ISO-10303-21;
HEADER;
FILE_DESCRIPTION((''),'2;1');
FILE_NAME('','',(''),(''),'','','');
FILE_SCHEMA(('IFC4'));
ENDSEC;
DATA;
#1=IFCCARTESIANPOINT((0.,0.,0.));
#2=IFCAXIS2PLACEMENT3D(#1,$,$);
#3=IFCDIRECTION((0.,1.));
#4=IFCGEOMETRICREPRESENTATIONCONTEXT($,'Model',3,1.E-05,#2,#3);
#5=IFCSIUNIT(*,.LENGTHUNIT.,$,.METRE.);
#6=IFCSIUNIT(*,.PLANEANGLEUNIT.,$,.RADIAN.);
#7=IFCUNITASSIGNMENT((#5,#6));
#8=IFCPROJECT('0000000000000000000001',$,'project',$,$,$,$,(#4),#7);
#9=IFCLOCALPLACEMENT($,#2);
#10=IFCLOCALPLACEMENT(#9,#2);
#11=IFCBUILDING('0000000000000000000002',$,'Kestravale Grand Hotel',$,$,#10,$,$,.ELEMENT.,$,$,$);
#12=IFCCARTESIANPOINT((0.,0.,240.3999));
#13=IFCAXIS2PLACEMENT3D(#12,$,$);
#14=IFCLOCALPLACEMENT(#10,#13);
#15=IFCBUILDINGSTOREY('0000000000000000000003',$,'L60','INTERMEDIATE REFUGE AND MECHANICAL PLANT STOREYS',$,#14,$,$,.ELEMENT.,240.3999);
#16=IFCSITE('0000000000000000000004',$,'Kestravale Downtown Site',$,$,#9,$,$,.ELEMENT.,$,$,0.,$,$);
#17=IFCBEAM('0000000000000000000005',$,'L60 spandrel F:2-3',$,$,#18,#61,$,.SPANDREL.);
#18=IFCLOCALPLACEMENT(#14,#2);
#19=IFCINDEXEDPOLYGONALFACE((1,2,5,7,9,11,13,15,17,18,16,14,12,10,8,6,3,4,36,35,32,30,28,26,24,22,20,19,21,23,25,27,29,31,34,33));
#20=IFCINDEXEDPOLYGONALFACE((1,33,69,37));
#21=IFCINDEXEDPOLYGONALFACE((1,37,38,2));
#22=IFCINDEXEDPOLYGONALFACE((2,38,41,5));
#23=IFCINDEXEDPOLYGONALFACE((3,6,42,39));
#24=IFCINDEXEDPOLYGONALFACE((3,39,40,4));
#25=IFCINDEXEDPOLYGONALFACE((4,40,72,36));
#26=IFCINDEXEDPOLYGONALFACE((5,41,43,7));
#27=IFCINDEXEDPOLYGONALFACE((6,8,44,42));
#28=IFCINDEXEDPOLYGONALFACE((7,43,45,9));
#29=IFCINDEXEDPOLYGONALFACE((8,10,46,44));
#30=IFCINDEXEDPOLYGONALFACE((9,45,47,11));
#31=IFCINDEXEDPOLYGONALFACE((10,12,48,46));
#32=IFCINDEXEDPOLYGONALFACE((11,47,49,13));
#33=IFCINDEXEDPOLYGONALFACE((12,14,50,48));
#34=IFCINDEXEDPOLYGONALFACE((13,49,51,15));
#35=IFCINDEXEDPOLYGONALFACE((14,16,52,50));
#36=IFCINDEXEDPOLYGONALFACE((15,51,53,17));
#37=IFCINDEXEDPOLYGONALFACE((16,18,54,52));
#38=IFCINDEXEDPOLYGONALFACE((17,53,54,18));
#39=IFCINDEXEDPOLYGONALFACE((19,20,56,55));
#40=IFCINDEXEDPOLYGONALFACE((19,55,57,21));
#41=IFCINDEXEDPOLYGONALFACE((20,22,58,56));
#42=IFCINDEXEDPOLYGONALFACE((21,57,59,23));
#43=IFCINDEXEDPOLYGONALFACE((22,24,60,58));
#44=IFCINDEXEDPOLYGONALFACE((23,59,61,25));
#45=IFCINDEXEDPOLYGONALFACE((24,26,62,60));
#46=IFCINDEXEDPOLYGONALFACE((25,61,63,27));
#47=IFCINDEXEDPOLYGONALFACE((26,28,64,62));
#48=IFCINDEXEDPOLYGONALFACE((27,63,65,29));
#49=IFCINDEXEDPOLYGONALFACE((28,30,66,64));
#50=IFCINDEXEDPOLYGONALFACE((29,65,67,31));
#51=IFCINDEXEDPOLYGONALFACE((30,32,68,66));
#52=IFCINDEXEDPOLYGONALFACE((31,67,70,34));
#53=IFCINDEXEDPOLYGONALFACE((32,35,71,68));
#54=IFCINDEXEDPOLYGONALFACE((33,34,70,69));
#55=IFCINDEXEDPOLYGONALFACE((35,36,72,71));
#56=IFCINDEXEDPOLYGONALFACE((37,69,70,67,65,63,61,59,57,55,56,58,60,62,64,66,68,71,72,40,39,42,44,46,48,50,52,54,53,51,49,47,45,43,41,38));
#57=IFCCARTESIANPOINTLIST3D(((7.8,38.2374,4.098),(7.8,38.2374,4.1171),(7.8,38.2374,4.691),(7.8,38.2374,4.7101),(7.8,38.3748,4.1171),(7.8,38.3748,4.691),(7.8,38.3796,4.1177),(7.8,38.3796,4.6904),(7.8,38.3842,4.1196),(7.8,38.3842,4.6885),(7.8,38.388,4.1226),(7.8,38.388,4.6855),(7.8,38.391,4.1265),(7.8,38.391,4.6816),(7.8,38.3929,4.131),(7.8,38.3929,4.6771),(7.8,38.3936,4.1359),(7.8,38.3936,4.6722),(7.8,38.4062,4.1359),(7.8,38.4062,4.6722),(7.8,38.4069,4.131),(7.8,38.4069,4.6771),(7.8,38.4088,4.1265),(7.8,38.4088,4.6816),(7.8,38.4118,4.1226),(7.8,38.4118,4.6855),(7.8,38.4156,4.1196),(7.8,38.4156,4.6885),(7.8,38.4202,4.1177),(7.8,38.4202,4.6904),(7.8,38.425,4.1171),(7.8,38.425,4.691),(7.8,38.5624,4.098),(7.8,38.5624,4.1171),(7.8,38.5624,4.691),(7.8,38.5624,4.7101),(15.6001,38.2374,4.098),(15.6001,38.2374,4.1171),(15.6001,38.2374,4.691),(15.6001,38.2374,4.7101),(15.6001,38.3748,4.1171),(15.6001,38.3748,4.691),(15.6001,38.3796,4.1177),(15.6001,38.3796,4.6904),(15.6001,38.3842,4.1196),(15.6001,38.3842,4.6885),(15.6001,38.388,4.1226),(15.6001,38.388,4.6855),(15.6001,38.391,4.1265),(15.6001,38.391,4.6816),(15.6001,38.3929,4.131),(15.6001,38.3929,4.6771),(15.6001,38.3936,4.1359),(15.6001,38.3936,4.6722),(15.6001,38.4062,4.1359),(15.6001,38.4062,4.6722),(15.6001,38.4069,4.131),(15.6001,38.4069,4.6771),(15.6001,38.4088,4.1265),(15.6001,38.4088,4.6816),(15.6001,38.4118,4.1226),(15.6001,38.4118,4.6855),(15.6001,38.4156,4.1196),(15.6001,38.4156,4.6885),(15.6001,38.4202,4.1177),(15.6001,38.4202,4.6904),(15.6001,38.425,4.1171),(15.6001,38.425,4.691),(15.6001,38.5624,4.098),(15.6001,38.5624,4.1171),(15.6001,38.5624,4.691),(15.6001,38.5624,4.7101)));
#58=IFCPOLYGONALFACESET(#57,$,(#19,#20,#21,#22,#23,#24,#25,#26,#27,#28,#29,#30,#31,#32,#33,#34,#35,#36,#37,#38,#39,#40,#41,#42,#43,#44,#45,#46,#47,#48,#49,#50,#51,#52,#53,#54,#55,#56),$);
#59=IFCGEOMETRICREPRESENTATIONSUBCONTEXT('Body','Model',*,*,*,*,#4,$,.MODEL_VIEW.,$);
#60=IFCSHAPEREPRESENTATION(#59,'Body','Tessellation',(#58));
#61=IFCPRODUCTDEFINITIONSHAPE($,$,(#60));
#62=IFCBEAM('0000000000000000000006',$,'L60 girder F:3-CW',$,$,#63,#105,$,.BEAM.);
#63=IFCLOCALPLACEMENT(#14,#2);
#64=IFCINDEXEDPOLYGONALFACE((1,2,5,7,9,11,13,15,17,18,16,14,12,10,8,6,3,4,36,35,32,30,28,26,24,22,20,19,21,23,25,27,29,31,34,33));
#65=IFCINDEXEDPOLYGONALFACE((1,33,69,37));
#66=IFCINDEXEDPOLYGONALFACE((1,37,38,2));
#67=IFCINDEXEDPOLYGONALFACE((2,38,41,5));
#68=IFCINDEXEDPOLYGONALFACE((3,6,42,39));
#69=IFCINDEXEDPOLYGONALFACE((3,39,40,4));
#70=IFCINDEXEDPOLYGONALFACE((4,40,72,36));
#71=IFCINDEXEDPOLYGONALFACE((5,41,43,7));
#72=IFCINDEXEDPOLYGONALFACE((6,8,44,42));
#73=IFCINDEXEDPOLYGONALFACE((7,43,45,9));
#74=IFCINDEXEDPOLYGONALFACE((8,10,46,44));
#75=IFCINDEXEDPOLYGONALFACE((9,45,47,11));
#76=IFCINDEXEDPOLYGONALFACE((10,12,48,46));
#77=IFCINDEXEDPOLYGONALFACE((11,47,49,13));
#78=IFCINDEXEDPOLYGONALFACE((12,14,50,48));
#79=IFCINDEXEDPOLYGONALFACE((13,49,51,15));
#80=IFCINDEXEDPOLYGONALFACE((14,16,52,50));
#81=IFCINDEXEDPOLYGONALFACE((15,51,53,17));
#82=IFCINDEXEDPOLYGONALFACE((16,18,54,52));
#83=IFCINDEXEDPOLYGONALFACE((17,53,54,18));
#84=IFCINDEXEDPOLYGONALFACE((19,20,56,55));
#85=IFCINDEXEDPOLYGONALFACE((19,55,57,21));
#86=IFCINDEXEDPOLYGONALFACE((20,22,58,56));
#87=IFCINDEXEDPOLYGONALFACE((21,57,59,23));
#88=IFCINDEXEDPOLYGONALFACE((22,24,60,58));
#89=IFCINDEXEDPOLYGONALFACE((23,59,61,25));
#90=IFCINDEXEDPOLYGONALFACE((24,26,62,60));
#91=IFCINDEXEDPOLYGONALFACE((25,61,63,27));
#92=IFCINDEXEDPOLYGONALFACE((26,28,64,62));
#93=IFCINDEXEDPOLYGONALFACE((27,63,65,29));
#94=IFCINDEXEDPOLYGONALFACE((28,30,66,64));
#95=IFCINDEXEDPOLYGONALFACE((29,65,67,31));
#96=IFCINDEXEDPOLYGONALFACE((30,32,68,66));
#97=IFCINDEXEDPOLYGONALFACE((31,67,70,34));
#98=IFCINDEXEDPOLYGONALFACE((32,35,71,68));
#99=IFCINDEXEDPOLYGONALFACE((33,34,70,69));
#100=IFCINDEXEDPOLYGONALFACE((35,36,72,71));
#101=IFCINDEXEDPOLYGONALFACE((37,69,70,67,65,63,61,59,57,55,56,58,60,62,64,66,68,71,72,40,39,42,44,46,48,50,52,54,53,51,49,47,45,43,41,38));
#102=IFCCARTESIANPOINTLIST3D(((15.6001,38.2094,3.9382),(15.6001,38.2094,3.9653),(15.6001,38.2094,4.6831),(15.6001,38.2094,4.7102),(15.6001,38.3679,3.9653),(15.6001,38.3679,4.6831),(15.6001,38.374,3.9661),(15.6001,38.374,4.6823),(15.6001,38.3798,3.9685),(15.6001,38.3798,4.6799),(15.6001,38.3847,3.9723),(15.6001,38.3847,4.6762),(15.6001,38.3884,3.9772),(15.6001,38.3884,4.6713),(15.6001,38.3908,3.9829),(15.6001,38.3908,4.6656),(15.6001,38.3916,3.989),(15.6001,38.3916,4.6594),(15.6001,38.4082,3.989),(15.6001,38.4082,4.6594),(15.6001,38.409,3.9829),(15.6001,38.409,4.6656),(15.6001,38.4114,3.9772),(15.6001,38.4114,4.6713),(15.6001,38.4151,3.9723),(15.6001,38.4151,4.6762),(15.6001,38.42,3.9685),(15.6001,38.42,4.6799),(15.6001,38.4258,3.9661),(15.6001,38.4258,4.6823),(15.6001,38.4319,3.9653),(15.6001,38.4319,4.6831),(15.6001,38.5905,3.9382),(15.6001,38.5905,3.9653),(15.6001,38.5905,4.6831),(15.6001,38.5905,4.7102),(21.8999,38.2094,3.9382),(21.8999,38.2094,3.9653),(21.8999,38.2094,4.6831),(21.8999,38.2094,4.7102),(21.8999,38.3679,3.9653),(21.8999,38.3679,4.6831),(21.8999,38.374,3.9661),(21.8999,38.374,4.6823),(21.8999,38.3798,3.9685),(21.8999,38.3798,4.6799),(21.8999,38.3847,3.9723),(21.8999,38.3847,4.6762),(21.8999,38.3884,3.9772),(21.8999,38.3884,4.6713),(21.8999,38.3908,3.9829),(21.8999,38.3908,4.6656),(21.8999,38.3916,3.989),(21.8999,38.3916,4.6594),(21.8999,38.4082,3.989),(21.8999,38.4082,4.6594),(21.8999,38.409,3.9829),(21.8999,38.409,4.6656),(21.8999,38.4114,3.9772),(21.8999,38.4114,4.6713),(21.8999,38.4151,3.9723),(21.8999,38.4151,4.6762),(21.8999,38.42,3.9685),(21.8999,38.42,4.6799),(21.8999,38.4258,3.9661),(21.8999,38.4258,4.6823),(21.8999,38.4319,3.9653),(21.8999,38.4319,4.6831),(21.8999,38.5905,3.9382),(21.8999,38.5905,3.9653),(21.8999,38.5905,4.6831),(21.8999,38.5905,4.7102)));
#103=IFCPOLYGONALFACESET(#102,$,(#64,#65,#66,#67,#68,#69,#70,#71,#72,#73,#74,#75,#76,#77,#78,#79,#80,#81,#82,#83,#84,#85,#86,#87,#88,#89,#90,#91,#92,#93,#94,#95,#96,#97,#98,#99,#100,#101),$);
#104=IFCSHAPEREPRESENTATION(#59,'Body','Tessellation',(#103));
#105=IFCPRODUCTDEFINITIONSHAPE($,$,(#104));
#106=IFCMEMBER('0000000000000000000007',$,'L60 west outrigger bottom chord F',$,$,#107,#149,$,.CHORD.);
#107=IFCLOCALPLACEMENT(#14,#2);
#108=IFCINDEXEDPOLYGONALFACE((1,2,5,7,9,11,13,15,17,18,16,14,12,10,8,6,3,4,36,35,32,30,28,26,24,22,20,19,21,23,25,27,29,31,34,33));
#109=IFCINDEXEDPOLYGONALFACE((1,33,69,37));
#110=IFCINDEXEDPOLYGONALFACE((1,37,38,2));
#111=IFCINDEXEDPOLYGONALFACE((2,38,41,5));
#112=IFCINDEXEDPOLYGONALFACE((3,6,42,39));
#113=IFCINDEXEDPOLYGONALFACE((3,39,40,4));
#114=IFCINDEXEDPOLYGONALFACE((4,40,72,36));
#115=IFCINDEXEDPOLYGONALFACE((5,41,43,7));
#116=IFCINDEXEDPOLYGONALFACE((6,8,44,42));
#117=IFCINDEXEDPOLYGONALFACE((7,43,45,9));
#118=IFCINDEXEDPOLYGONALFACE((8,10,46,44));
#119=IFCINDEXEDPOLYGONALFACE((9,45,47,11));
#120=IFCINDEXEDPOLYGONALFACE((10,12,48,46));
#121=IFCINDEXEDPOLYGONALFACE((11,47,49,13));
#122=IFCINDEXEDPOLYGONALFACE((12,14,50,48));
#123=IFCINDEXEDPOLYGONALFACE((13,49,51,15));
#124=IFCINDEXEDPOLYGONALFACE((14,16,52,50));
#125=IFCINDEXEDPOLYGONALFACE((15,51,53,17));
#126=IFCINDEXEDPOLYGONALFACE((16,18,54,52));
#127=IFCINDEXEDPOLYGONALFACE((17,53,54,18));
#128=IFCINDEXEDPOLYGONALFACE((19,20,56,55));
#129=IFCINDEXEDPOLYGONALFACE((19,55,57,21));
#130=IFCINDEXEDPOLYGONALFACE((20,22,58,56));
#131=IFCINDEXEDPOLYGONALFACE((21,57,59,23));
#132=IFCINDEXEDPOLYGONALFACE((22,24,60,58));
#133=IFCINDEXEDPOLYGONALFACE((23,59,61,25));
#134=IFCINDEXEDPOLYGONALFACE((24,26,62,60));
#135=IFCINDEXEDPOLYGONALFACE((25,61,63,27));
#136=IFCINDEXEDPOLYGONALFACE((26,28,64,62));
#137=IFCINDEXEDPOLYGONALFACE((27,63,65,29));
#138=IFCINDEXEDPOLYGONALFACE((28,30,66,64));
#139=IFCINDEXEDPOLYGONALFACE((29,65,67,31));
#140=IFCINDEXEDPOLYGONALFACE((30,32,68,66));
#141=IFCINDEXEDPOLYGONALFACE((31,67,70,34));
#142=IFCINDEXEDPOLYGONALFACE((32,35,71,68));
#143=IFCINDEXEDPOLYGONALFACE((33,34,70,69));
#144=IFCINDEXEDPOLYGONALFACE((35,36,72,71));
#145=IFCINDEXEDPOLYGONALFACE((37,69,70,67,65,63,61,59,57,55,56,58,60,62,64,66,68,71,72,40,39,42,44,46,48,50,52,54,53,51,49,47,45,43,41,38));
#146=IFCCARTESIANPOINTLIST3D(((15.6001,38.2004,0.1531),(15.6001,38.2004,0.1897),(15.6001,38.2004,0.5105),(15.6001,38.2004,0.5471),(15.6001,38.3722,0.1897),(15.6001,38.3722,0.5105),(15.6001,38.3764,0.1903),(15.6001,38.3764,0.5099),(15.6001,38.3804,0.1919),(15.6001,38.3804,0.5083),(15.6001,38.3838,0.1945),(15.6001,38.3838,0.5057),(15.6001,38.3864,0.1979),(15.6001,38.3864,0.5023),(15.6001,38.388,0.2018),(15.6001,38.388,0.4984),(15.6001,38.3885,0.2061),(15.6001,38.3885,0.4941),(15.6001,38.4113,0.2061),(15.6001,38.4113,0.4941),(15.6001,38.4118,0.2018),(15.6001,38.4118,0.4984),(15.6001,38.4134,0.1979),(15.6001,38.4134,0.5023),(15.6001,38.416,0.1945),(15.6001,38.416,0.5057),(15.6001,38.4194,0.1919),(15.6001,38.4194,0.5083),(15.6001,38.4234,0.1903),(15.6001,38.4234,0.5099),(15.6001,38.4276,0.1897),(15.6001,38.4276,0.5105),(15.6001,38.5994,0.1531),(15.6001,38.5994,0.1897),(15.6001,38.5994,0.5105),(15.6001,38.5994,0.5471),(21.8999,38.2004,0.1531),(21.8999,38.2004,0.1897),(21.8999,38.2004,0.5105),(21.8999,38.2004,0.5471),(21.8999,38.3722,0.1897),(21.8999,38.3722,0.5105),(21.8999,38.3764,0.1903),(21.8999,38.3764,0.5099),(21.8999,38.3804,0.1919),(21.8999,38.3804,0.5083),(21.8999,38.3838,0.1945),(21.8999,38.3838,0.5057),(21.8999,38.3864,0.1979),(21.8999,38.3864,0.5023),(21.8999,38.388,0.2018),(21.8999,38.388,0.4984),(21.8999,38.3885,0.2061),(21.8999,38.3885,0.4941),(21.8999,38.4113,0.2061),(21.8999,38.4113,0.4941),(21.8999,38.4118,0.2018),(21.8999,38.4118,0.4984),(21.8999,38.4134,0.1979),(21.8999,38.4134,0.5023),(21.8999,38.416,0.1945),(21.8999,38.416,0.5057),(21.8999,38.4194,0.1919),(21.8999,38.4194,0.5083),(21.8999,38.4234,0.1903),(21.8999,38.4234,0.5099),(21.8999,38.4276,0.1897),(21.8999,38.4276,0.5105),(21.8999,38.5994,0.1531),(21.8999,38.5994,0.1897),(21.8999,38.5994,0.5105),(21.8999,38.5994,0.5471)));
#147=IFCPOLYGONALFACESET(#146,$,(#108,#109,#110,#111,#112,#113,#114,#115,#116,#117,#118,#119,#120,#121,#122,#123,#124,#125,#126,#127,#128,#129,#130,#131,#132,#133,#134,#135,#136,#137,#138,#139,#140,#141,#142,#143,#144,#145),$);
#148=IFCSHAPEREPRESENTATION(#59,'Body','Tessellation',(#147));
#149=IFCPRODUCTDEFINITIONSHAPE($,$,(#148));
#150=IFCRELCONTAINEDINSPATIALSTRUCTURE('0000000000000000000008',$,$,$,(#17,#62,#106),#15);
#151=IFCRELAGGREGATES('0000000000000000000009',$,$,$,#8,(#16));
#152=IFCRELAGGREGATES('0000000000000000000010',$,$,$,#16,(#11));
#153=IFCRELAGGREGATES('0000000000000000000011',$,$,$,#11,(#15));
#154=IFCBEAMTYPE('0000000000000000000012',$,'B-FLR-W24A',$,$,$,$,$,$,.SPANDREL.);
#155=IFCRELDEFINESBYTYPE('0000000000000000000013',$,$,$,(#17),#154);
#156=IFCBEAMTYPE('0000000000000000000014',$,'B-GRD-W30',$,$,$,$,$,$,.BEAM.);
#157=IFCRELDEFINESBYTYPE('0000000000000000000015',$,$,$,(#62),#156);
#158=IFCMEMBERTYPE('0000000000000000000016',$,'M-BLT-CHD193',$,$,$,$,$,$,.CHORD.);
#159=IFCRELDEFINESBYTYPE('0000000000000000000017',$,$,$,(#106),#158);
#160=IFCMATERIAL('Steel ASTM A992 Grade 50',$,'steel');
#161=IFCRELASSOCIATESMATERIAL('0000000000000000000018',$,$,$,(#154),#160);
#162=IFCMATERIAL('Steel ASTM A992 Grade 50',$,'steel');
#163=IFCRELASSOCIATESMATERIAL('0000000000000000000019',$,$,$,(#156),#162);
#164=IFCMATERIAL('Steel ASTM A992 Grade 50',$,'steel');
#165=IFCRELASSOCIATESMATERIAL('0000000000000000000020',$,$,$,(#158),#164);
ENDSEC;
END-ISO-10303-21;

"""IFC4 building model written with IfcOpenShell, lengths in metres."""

from ifc_helpers import new_model, si_unit, direction, frame, origin, origin_2d, place, context, subcontext, project, spatial, i_section, extrude, material, material_profile, profile_set, type_object, element, save


model = new_model("IFC4")

# Units and contexts
model_context = context("Model", 3, precision=1e-05, world=origin(), true_north=direction((0.0, 1.0)))
body_context = subcontext(model_context, "Body", "Model", "MODEL_VIEW")
ifc_project = project(units=[si_unit("LENGTHUNIT", "METRE"), si_unit("PLANEANGLEUNIT", "RADIAN")], contexts=[model_context])

# Site, building, storey
site_placement = place(None, origin())
site = spatial("IfcSite", under=ifc_project, at=site_placement, Name="Kestravale Downtown Site", CompositionType="ELEMENT", RefElevation=0.0)
building_placement = place(site_placement, origin())
building = spatial("IfcBuilding", under=site, at=building_placement, Name="Kestravale Grand Hotel", CompositionType="ELEMENT")
storey_placement = place(building_placement, frame((0.0, 0.0, 240.3999)))
storey = spatial("IfcBuildingStorey", under=building, at=storey_placement, Name="L60", Description="INTERMEDIATE REFUGE AND MECHANICAL PLANT STOREYS", CompositionType="ELEMENT", Elevation=240.3999)

# Beams
ifc_material_1 = material(Name="Steel ASTM A992 Grade 50", Category="steel")
ifc_material_profile_1 = material_profile(ifc_material_1, i_section(OverallWidth=0.325, OverallDepth=0.6121, WebThickness=0.0127, FlangeThickness=0.019, FilletRadius=0.0188, at=origin_2d()))
ifc_profile_set_1 = profile_set([ifc_material_profile_1], Name="Steel ASTM A992 Grade 50")
beam_type_1 = type_object("IfcBeamType", Name="B-FLR-W24A", PredefinedType="SPANDREL", material=ifc_profile_set_1)
beam_1_placement = place(storey_placement, frame((7.8, 38.3999, 4.4041), z_axis=(1.0, 0.0, 0.0), x_axis=(0.0, 1.0, 0.0)))
element("IfcBeam", 1, at=beam_1_placement, inside=storey, type_object=beam_type_1, Name="L60 spandrel F:2-3", PredefinedType="SPANDREL", context=body_context, shape_type="SweptSolid", body=[
    extrude(i_section(OverallWidth=0.325, OverallDepth=0.6121, WebThickness=0.0127, FlangeThickness=0.019, FilletRadius=0.0188, at=origin_2d()), origin(), (0.0, 0.0, 1.0), 7.8),
])
ifc_material_2 = material(Name="Steel ASTM A992 Grade 50", Category="steel")
ifc_material_profile_2 = material_profile(ifc_material_2, i_section(OverallWidth=0.3811, OverallDepth=0.772, WebThickness=0.0166, FlangeThickness=0.0271, FilletRadius=0.0237, at=origin_2d()))
ifc_profile_set_2 = profile_set([ifc_material_profile_2], Name="Steel ASTM A992 Grade 50")
beam_type_2 = type_object("IfcBeamType", Name="B-GRD-W30", PredefinedType="BEAM", material=ifc_profile_set_2)
beam_2_placement = place(storey_placement, frame((15.6001, 38.3999, 4.3242), z_axis=(1.0, 0.0, 0.0), x_axis=(0.0, 1.0, 0.0)))
element("IfcBeam", 2, at=beam_2_placement, inside=storey, type_object=beam_type_2, Name="L60 girder F:3-CW", PredefinedType="BEAM", context=body_context, shape_type="SweptSolid", body=[
    extrude(i_section(OverallWidth=0.3811, OverallDepth=0.772, WebThickness=0.0166, FlangeThickness=0.0271, FilletRadius=0.0237, at=origin_2d()), origin(), (0.0, 0.0, 1.0), 6.2998),
])

# Member
ifc_material_3 = material(Name="Steel ASTM A992 Grade 50", Category="steel")
ifc_material_profile_3 = material_profile(ifc_material_3, i_section(OverallWidth=0.3989, OverallDepth=0.394, WebThickness=0.0227, FlangeThickness=0.0366, FilletRadius=0.0164, at=origin_2d()))
ifc_profile_set_3 = profile_set([ifc_material_profile_3], Name="Steel ASTM A992 Grade 50")
member_type_1 = type_object("IfcMemberType", Name="M-BLT-CHD193", PredefinedType="CHORD", material=ifc_profile_set_3)
member_placement = place(storey_placement, frame((15.6001, 38.3999, 0.3501), z_axis=(1.0, 0.0, 0.0), x_axis=(0.0, 1.0, 0.0)))
element("IfcMember", 3, at=member_placement, inside=storey, type_object=member_type_1, Name="L60 west outrigger bottom chord F", PredefinedType="CHORD", context=body_context, shape_type="SweptSolid", body=[
    extrude(i_section(OverallWidth=0.3989, OverallDepth=0.394, WebThickness=0.0227, FlangeThickness=0.0366, FilletRadius=0.0164, at=origin_2d()), origin(), (0.0, 0.0, 1.0), 6.2998),
])

save(model, "model.ifc")
